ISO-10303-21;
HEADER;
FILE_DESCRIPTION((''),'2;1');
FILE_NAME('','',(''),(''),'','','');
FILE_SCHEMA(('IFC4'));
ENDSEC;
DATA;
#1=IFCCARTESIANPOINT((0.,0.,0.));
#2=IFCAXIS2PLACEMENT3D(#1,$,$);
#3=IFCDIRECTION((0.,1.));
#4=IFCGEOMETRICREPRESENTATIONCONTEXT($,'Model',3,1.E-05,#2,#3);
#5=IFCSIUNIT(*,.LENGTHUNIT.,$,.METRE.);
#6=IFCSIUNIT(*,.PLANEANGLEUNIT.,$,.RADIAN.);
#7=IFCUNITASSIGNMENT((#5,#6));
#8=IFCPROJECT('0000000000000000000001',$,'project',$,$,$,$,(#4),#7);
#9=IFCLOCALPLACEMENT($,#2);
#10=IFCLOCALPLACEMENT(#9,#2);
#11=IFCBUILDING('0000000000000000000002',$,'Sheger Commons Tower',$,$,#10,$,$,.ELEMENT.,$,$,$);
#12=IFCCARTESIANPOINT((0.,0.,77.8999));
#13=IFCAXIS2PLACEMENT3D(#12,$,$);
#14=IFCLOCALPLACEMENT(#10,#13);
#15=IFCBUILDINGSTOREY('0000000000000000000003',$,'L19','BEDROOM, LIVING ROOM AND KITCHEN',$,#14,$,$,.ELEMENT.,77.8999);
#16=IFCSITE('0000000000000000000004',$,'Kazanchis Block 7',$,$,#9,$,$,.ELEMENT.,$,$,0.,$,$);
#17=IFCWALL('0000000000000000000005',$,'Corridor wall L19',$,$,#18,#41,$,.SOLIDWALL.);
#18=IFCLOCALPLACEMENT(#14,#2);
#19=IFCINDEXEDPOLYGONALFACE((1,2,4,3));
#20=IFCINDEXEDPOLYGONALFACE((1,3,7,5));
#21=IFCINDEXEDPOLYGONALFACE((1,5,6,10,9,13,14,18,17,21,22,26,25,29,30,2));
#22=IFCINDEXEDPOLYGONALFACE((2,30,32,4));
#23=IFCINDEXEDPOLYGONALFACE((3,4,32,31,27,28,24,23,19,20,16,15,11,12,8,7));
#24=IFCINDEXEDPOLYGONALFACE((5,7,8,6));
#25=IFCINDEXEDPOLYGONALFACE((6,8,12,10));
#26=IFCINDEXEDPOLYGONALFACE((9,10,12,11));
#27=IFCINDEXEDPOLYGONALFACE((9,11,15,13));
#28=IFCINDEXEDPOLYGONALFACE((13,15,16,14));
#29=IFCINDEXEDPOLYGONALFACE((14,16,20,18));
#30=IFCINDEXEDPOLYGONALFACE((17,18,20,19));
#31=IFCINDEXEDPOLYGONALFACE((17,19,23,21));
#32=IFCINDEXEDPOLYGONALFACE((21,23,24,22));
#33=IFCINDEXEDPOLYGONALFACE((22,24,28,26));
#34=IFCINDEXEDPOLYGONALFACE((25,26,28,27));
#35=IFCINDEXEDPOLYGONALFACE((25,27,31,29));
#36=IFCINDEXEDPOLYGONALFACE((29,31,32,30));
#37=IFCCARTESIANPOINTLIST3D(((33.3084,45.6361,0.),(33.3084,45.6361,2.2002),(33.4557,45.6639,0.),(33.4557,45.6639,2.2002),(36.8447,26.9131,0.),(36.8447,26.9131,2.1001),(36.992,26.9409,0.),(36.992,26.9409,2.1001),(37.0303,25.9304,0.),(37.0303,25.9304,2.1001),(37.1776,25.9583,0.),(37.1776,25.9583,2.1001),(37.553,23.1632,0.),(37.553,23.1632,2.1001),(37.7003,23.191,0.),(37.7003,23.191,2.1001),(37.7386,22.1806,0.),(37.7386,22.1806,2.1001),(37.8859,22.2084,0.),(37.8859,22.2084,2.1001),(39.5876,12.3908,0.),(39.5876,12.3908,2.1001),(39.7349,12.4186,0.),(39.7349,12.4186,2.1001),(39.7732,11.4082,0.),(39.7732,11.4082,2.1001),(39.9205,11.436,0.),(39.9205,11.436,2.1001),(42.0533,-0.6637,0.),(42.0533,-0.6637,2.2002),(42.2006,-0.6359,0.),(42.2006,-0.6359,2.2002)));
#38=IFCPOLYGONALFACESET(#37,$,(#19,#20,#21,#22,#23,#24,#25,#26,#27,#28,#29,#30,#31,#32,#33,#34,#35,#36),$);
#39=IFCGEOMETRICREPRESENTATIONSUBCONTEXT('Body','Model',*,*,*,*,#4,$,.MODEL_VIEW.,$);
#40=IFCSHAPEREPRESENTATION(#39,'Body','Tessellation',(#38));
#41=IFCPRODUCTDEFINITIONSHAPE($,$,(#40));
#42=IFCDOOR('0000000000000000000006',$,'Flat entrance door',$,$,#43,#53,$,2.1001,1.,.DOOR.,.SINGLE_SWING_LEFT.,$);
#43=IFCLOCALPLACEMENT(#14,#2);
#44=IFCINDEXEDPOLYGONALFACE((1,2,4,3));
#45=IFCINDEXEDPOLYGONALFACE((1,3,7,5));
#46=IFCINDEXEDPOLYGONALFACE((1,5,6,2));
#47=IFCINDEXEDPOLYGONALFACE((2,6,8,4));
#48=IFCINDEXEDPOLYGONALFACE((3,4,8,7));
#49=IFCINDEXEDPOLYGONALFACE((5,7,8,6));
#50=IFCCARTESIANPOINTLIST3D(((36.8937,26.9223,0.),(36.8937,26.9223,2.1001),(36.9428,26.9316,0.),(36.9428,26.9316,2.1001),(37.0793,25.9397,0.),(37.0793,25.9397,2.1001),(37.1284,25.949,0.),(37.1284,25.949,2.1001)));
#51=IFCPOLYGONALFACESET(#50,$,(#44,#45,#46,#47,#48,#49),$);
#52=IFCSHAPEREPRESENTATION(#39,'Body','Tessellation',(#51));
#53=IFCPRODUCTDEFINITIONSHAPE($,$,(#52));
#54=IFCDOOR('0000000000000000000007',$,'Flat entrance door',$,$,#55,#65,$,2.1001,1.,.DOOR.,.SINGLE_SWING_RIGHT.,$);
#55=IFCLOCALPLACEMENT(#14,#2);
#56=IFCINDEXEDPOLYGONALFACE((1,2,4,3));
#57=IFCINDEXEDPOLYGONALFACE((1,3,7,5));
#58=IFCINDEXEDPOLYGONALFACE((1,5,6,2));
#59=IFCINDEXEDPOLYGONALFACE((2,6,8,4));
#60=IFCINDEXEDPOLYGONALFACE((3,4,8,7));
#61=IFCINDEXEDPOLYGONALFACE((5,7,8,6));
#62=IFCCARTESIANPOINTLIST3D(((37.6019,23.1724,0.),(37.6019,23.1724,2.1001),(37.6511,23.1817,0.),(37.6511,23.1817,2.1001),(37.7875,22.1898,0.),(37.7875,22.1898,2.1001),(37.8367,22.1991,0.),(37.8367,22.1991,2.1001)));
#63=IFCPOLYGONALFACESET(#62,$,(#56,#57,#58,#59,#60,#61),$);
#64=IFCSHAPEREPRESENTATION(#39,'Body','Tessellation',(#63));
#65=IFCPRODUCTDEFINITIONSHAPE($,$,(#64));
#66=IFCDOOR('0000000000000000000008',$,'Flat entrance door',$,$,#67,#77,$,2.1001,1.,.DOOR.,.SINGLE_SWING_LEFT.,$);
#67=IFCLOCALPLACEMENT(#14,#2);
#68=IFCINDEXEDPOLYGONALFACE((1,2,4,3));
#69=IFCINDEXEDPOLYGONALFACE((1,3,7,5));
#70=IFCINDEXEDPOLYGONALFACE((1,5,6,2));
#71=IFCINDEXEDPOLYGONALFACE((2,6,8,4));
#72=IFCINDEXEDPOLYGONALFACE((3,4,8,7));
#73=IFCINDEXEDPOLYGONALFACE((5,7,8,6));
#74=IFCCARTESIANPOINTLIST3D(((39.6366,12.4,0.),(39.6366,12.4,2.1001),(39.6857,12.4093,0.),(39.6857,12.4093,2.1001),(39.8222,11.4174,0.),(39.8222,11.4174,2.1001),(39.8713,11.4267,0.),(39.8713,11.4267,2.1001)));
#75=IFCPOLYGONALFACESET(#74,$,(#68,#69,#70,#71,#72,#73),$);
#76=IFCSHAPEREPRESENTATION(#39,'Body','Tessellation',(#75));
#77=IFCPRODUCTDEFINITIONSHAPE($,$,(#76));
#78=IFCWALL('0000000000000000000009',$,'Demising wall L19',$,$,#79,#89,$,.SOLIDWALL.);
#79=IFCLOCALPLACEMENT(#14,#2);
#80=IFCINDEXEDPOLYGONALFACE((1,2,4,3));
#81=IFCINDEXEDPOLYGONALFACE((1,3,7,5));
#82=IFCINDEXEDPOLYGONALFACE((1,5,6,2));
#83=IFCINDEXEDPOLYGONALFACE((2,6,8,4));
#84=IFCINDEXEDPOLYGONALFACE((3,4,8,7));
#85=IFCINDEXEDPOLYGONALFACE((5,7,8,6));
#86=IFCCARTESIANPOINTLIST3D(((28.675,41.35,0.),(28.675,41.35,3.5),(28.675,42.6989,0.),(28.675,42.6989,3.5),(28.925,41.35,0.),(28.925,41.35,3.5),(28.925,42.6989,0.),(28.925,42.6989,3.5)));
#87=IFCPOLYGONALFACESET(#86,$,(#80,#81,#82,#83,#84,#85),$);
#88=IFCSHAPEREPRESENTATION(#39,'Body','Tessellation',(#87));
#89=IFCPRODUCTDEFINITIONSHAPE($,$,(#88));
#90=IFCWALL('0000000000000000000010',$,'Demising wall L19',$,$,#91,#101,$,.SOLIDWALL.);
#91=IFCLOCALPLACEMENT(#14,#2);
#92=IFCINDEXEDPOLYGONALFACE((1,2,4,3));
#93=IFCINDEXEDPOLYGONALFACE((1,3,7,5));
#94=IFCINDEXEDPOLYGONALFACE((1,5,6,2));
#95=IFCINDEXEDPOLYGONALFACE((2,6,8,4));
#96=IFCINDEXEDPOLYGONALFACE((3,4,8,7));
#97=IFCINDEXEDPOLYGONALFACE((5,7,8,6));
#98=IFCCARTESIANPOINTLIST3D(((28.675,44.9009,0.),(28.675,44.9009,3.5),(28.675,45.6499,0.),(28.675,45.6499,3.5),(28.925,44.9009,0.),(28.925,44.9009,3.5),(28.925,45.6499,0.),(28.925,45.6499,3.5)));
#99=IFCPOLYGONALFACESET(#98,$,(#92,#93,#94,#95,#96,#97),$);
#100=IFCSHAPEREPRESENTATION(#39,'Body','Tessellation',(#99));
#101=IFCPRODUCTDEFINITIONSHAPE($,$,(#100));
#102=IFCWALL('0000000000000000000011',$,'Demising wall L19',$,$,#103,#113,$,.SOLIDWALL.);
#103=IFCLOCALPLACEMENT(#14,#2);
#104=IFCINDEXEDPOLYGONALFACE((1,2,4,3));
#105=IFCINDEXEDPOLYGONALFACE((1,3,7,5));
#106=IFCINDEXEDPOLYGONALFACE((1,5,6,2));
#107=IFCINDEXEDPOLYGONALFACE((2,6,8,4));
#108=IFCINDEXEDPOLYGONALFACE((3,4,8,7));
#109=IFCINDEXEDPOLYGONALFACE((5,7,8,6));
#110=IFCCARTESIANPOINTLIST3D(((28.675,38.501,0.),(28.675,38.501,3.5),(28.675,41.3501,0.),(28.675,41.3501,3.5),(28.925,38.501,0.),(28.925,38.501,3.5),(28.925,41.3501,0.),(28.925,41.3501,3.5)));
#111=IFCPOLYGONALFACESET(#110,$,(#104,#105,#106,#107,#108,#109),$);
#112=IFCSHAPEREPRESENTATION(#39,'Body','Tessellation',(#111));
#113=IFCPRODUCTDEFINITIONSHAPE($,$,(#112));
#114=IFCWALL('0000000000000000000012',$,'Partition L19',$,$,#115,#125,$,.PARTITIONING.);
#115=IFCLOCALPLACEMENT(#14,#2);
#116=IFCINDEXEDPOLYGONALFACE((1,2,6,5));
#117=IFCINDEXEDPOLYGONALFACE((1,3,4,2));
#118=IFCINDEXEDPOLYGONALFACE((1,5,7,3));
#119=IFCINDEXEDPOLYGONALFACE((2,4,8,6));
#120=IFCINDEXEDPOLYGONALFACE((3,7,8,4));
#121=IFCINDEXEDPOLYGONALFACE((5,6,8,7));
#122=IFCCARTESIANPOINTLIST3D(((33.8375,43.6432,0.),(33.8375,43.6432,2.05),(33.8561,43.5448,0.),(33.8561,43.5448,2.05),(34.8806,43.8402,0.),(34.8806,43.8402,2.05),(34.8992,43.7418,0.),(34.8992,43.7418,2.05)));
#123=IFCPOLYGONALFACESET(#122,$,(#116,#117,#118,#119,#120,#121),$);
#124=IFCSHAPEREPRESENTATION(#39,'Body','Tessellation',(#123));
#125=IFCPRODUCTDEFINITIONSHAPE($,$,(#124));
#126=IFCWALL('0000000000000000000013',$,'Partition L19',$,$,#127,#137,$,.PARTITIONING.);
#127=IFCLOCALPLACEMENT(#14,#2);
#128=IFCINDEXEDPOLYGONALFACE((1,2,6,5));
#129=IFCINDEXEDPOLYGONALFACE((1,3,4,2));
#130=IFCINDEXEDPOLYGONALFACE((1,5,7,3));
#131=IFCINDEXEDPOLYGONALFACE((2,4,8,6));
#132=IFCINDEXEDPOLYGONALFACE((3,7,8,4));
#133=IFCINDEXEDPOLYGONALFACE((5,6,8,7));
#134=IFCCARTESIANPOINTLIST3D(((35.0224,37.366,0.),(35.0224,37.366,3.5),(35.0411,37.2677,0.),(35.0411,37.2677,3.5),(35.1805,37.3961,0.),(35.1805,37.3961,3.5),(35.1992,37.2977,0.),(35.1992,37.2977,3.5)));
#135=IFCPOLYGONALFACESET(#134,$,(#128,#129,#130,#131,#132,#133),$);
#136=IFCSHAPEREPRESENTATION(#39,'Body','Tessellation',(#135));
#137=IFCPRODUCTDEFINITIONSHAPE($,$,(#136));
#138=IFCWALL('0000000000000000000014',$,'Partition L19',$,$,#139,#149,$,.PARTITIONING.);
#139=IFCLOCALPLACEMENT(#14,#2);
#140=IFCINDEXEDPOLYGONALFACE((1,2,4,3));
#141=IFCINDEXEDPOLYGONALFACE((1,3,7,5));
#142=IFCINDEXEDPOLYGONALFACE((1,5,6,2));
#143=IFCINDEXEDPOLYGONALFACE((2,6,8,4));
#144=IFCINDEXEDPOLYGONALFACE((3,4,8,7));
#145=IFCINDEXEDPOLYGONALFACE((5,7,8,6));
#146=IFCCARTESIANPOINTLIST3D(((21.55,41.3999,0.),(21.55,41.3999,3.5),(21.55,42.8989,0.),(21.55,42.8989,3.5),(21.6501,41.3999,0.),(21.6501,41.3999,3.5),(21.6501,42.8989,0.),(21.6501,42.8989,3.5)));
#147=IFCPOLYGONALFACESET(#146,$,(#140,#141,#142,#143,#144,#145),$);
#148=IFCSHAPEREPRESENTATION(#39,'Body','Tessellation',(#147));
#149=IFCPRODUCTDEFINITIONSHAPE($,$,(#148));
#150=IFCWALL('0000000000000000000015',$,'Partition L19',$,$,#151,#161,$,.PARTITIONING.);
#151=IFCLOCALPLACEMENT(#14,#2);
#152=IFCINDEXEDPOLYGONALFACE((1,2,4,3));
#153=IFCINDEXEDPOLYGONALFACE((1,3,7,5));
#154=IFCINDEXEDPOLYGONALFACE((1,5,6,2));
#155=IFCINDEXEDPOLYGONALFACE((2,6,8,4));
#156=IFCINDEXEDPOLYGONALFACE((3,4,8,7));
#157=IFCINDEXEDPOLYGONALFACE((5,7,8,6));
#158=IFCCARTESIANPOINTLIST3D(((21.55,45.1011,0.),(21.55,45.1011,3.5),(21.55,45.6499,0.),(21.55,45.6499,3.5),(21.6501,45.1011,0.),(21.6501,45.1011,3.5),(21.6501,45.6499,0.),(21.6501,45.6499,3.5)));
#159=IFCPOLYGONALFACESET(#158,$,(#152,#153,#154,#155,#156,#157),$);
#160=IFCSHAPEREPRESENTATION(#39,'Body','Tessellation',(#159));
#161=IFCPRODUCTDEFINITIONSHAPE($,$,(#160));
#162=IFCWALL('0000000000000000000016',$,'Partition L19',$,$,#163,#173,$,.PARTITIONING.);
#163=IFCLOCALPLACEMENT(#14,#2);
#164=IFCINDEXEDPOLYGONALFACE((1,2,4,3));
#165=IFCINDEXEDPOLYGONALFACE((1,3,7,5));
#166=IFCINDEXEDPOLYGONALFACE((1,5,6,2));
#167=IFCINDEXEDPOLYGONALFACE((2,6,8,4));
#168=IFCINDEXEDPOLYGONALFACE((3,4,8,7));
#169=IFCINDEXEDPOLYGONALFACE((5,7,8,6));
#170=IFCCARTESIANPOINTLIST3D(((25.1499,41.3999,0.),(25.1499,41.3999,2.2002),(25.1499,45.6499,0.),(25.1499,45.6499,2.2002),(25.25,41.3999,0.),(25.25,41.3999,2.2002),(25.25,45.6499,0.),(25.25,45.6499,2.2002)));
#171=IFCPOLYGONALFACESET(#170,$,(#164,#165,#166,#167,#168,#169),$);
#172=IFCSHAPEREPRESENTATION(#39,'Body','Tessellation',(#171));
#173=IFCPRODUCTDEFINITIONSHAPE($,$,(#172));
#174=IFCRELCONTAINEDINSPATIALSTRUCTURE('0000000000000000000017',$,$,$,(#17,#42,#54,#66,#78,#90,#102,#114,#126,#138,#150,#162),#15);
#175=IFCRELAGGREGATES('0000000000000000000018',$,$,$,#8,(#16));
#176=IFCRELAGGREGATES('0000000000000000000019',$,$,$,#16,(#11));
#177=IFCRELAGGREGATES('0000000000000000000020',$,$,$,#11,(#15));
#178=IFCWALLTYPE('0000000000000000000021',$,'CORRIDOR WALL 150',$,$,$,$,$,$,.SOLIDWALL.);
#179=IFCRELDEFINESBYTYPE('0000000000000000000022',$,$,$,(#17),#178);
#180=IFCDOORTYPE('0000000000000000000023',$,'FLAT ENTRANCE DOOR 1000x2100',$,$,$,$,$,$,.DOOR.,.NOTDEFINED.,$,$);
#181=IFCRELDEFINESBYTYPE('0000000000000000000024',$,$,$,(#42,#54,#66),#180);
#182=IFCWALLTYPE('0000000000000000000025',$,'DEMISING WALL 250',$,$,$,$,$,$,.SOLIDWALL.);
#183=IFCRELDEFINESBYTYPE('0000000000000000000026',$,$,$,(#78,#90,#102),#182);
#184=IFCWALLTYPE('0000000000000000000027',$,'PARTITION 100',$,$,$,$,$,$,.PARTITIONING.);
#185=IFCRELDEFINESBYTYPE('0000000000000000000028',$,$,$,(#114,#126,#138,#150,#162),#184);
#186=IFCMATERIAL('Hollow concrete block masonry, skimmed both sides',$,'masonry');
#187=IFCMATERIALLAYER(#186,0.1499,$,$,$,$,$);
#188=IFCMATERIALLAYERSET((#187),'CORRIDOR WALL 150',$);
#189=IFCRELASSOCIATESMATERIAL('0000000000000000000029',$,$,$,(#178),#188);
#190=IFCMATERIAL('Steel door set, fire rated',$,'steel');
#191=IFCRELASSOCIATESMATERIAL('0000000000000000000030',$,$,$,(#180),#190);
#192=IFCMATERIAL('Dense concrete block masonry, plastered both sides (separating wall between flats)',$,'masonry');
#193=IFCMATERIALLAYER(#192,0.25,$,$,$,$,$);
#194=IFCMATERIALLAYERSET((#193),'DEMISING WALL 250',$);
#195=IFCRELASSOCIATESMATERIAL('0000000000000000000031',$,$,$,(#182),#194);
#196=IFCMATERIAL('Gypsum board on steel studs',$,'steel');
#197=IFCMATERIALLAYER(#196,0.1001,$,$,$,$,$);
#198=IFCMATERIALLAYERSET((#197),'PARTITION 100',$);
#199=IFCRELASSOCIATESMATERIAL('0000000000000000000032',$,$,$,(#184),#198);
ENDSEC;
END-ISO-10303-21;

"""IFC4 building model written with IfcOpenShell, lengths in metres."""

from ifc_helpers import new_model, si_unit, direction, frame, frame_2d, origin, place, context, subcontext, project, spatial, rectangle, extrude, material, layer, layer_set, type_object, element, fill, save


model = new_model("IFC4")

# Units and contexts
model_context = context("Model", 3, precision=1e-05, world=origin(), true_north=direction((0.0, 1.0)))
body_context = subcontext(model_context, "Body", "Model", "MODEL_VIEW")
ifc_project = project(units=[si_unit("LENGTHUNIT", "METRE"), si_unit("PLANEANGLEUNIT", "RADIAN")], contexts=[model_context])

# Site, building, storey
site_placement = place(None, origin())
site = spatial("IfcSite", under=ifc_project, at=site_placement, Name="Kazanchis Block 7", CompositionType="ELEMENT", RefElevation=0.0)
building_placement = place(site_placement, origin())
building = spatial("IfcBuilding", under=site, at=building_placement, Name="Sheger Commons Tower", CompositionType="ELEMENT")
storey_placement = place(building_placement, frame((0.0, 0.0, 77.8999)))
storey = spatial("IfcBuildingStorey", under=building, at=storey_placement, Name="L19", Description="BEDROOM, LIVING ROOM AND KITCHEN", CompositionType="ELEMENT", Elevation=77.8999)

# Wall, openings, doors
ifc_material_1 = material(Name="Hollow concrete block masonry, skimmed both sides", Category="masonry")
ifc_layer_1 = layer(ifc_material_1, 0.1499)
ifc_layer_set_1 = layer_set([ifc_layer_1], Name="CORRIDOR WALL 150")
wall_type_1 = type_object("IfcWallType", Name="CORRIDOR WALL 150", PredefinedType="SOLIDWALL", material=ifc_layer_set_1)
wall_1_placement = place(storey_placement, frame((33.3821, 45.6499, 0.0), z_axis=(0.0, 0.0, 1.0), x_axis=(0.185594, -0.982627, 0.0)))
wall_1 = element("IfcWall", 1, at=wall_1_placement, inside=storey, type_object=wall_type_1, Name="Corridor wall L19", PredefinedType="SOLIDWALL", context=body_context, shape_type="SweptSolid", body=[
    extrude(rectangle(XDim=47.1184, YDim=0.1499, at=frame_2d((23.5591, 0.0))), origin(), (0.0, 0.0, 1.0), 2.2002),
])
opening_1_placement = place(wall_1_placement, frame((19.054, 0.0, 0.0)))
opening_1 = element("IfcOpeningElement", 2, at=opening_1_placement, cuts=wall_1, PredefinedType="OPENING", context=body_context, shape_type="SweptSolid", body=[
    extrude(rectangle(XDim=1.0, YDim=2.1001, at=frame_2d((0.5, 1.05))), frame((0.0, 0.085, 0.0), z_axis=(0.0, -1.0, 0.0), x_axis=(1.0, 0.0, 0.0)), (0.0, 0.0, 1.0), 0.1699),
])
opening_2_placement = place(wall_1_placement, frame((22.8701, 0.0, 0.0)))
opening_2 = element("IfcOpeningElement", 3, at=opening_2_placement, cuts=wall_1, PredefinedType="OPENING", context=body_context, shape_type="SweptSolid", body=[
    extrude(rectangle(XDim=1.0, YDim=2.1001, at=frame_2d((0.5, 1.05))), frame((0.0, 0.085, 0.0), z_axis=(0.0, -1.0, 0.0), x_axis=(1.0, 0.0, 0.0)), (0.0, 0.0, 1.0), 0.1699),
])
opening_3_placement = place(wall_1_placement, frame((33.833, 0.0, 0.0)))
opening_3 = element("IfcOpeningElement", 4, at=opening_3_placement, cuts=wall_1, PredefinedType="OPENING", context=body_context, shape_type="SweptSolid", body=[
    extrude(rectangle(XDim=1.0, YDim=2.1001, at=frame_2d((0.5, 1.05))), frame((0.0, 0.085, 0.0), z_axis=(0.0, -1.0, 0.0), x_axis=(1.0, 0.0, 0.0)), (0.0, 0.0, 1.0), 0.1699),
])
ifc_material_2 = material(Name="Steel door set, fire rated", Category="steel")
door_type_1 = type_object("IfcDoorType", Name="FLAT ENTRANCE DOOR 1000x2100", OperationType="NOTDEFINED", PredefinedType="DOOR", material=ifc_material_2)
door_1_placement = place(opening_1_placement, origin())
door_1 = element("IfcDoor", 5, at=door_1_placement, inside=storey, type_object=door_type_1, Name="Flat entrance door", OperationType="SINGLE_SWING_LEFT", OverallHeight=2.1001, OverallWidth=1.0, PredefinedType="DOOR", context=body_context, shape_type="SweptSolid", body=[
    extrude(rectangle(XDim=1.0, YDim=2.1001, at=frame_2d((0.5, 1.05))), frame((0.0, 0.0249, 0.0), z_axis=(0.0, -1.0, 0.0), x_axis=(1.0, 0.0, 0.0)), (0.0, 0.0, 1.0), 0.05),
])
fill(opening_1, door_1)
door_2_placement = place(opening_2_placement, origin())
door_2 = element("IfcDoor", 6, at=door_2_placement, inside=storey, type_object=door_type_1, Name="Flat entrance door", OperationType="SINGLE_SWING_RIGHT", OverallHeight=2.1001, OverallWidth=1.0, PredefinedType="DOOR", context=body_context, shape_type="SweptSolid", body=[
    extrude(rectangle(XDim=1.0, YDim=2.1001, at=frame_2d((0.5, 1.05))), frame((0.0, 0.0249, 0.0), z_axis=(0.0, -1.0, 0.0), x_axis=(1.0, 0.0, 0.0)), (0.0, 0.0, 1.0), 0.05),
])
fill(opening_2, door_2)
door_3_placement = place(opening_3_placement, origin())
door_3 = element("IfcDoor", 7, at=door_3_placement, inside=storey, type_object=door_type_1, Name="Flat entrance door", OperationType="SINGLE_SWING_LEFT", OverallHeight=2.1001, OverallWidth=1.0, PredefinedType="DOOR", context=body_context, shape_type="SweptSolid", body=[
    extrude(rectangle(XDim=1.0, YDim=2.1001, at=frame_2d((0.5, 1.05))), frame((0.0, 0.0249, 0.0), z_axis=(0.0, -1.0, 0.0), x_axis=(1.0, 0.0, 0.0)), (0.0, 0.0, 1.0), 0.05),
])
fill(opening_3, door_3)

# Walls
ifc_material_3 = material(Name="Dense concrete block masonry, plastered both sides (separating wall between flats)", Category="masonry")
ifc_layer_2 = layer(ifc_material_3, 0.25)
ifc_layer_set_2 = layer_set([ifc_layer_2], Name="DEMISING WALL 250")
wall_type_2 = type_object("IfcWallType", Name="DEMISING WALL 250", PredefinedType="SOLIDWALL", material=ifc_layer_set_2)
wall_2_placement = place(storey_placement, frame((28.8, 41.3501, 0.0), z_axis=(0.0, 0.0, 1.0), x_axis=(0.0, 1.0, 0.0)))
element("IfcWall", 8, at=wall_2_placement, inside=storey, type_object=wall_type_2, Name="Demising wall L19", PredefinedType="SOLIDWALL", context=body_context, shape_type="SweptSolid", body=[
    extrude(rectangle(XDim=1.3489, YDim=0.25, at=frame_2d((0.6743, 0.0))), origin(), (0.0, 0.0, 1.0), 3.5),
])
wall_3_placement = place(storey_placement, frame((28.8, 44.9009, 0.0), z_axis=(0.0, 0.0, 1.0), x_axis=(0.0, 1.0, 0.0)))
element("IfcWall", 9, at=wall_3_placement, inside=storey, type_object=wall_type_2, Name="Demising wall L19", PredefinedType="SOLIDWALL", context=body_context, shape_type="SweptSolid", body=[
    extrude(rectangle(XDim=0.749, YDim=0.25, at=frame_2d((0.3745, 0.0))), origin(), (0.0, 0.0, 1.0), 3.5),
])
wall_4_placement = place(storey_placement, frame((28.8, 38.501, 0.0), z_axis=(0.0, 0.0, 1.0), x_axis=(0.0, 1.0, 0.0)))
element("IfcWall", 10, at=wall_4_placement, inside=storey, type_object=wall_type_2, Name="Demising wall L19", PredefinedType="SOLIDWALL", context=body_context, shape_type="SweptSolid", body=[
    extrude(rectangle(XDim=2.8491, YDim=0.25, at=frame_2d((1.4246, 0.0))), origin(), (0.0, 0.0, 1.0), 3.5),
])
ifc_material_4 = material(Name="Gypsum board on steel studs", Category="steel")
ifc_layer_3 = layer(ifc_material_4, 0.1001)
ifc_layer_set_3 = layer_set([ifc_layer_3], Name="PARTITION 100")
wall_type_3 = type_object("IfcWallType", Name="PARTITION 100", PredefinedType="PARTITIONING", material=ifc_layer_set_3)
wall_5_placement = place(storey_placement, frame((34.8899, 43.791, 0.0), z_axis=(0.0, 0.0, 1.0), x_axis=(-0.982621, -0.185622, 0.0)))
element("IfcWall", 11, at=wall_5_placement, inside=storey, type_object=wall_type_3, Name="Partition L19", PredefinedType="PARTITIONING", context=body_context, shape_type="SweptSolid", body=[
    extrude(rectangle(XDim=1.0615, YDim=0.1001, at=frame_2d((0.5308, 0.0))), origin(), (0.0, 0.0, 1.0), 2.05),
])
wall_6_placement = place(storey_placement, frame((35.1899, 37.3469, 0.0), z_axis=(0.0, 0.0, 1.0), x_axis=(-0.982405, -0.186763, 0.0)))
element("IfcWall", 12, at=wall_6_placement, inside=storey, type_object=wall_type_3, Name="Partition L19", PredefinedType="PARTITIONING", context=body_context, shape_type="SweptSolid", body=[
    extrude(rectangle(XDim=0.1609, YDim=0.1001, at=frame_2d((0.0806, 0.0))), origin(), (0.0, 0.0, 1.0), 3.5),
])
wall_7_placement = place(storey_placement, frame((21.6001, 41.3999, 0.0), z_axis=(0.0, 0.0, 1.0), x_axis=(0.0, 1.0, 0.0)))
element("IfcWall", 13, at=wall_7_placement, inside=storey, type_object=wall_type_3, Name="Partition L19", PredefinedType="PARTITIONING", context=body_context, shape_type="SweptSolid", body=[
    extrude(rectangle(XDim=1.499, YDim=0.1001, at=frame_2d((0.7495, 0.0))), origin(), (0.0, 0.0, 1.0), 3.5),
])
wall_8_placement = place(storey_placement, frame((21.6001, 45.1011, 0.0), z_axis=(0.0, 0.0, 1.0), x_axis=(0.0, 1.0, 0.0)))
element("IfcWall", 14, at=wall_8_placement, inside=storey, type_object=wall_type_3, Name="Partition L19", PredefinedType="PARTITIONING", context=body_context, shape_type="SweptSolid", body=[
    extrude(rectangle(XDim=0.5488, YDim=0.1001, at=frame_2d((0.2744, 0.0))), origin(), (0.0, 0.0, 1.0), 3.5),
])
wall_9_placement = place(storey_placement, frame((25.2, 41.3999, 0.0), z_axis=(0.0, 0.0, 1.0), x_axis=(0.0, 1.0, 0.0)))
element("IfcWall", 15, at=wall_9_placement, inside=storey, type_object=wall_type_3, Name="Partition L19", PredefinedType="PARTITIONING", context=body_context, shape_type="SweptSolid", body=[
    extrude(rectangle(XDim=4.25, YDim=0.1001, at=frame_2d((2.125, 0.0))), origin(), (0.0, 0.0, 1.0), 2.2002),
])

save(model, "model.ifc")
